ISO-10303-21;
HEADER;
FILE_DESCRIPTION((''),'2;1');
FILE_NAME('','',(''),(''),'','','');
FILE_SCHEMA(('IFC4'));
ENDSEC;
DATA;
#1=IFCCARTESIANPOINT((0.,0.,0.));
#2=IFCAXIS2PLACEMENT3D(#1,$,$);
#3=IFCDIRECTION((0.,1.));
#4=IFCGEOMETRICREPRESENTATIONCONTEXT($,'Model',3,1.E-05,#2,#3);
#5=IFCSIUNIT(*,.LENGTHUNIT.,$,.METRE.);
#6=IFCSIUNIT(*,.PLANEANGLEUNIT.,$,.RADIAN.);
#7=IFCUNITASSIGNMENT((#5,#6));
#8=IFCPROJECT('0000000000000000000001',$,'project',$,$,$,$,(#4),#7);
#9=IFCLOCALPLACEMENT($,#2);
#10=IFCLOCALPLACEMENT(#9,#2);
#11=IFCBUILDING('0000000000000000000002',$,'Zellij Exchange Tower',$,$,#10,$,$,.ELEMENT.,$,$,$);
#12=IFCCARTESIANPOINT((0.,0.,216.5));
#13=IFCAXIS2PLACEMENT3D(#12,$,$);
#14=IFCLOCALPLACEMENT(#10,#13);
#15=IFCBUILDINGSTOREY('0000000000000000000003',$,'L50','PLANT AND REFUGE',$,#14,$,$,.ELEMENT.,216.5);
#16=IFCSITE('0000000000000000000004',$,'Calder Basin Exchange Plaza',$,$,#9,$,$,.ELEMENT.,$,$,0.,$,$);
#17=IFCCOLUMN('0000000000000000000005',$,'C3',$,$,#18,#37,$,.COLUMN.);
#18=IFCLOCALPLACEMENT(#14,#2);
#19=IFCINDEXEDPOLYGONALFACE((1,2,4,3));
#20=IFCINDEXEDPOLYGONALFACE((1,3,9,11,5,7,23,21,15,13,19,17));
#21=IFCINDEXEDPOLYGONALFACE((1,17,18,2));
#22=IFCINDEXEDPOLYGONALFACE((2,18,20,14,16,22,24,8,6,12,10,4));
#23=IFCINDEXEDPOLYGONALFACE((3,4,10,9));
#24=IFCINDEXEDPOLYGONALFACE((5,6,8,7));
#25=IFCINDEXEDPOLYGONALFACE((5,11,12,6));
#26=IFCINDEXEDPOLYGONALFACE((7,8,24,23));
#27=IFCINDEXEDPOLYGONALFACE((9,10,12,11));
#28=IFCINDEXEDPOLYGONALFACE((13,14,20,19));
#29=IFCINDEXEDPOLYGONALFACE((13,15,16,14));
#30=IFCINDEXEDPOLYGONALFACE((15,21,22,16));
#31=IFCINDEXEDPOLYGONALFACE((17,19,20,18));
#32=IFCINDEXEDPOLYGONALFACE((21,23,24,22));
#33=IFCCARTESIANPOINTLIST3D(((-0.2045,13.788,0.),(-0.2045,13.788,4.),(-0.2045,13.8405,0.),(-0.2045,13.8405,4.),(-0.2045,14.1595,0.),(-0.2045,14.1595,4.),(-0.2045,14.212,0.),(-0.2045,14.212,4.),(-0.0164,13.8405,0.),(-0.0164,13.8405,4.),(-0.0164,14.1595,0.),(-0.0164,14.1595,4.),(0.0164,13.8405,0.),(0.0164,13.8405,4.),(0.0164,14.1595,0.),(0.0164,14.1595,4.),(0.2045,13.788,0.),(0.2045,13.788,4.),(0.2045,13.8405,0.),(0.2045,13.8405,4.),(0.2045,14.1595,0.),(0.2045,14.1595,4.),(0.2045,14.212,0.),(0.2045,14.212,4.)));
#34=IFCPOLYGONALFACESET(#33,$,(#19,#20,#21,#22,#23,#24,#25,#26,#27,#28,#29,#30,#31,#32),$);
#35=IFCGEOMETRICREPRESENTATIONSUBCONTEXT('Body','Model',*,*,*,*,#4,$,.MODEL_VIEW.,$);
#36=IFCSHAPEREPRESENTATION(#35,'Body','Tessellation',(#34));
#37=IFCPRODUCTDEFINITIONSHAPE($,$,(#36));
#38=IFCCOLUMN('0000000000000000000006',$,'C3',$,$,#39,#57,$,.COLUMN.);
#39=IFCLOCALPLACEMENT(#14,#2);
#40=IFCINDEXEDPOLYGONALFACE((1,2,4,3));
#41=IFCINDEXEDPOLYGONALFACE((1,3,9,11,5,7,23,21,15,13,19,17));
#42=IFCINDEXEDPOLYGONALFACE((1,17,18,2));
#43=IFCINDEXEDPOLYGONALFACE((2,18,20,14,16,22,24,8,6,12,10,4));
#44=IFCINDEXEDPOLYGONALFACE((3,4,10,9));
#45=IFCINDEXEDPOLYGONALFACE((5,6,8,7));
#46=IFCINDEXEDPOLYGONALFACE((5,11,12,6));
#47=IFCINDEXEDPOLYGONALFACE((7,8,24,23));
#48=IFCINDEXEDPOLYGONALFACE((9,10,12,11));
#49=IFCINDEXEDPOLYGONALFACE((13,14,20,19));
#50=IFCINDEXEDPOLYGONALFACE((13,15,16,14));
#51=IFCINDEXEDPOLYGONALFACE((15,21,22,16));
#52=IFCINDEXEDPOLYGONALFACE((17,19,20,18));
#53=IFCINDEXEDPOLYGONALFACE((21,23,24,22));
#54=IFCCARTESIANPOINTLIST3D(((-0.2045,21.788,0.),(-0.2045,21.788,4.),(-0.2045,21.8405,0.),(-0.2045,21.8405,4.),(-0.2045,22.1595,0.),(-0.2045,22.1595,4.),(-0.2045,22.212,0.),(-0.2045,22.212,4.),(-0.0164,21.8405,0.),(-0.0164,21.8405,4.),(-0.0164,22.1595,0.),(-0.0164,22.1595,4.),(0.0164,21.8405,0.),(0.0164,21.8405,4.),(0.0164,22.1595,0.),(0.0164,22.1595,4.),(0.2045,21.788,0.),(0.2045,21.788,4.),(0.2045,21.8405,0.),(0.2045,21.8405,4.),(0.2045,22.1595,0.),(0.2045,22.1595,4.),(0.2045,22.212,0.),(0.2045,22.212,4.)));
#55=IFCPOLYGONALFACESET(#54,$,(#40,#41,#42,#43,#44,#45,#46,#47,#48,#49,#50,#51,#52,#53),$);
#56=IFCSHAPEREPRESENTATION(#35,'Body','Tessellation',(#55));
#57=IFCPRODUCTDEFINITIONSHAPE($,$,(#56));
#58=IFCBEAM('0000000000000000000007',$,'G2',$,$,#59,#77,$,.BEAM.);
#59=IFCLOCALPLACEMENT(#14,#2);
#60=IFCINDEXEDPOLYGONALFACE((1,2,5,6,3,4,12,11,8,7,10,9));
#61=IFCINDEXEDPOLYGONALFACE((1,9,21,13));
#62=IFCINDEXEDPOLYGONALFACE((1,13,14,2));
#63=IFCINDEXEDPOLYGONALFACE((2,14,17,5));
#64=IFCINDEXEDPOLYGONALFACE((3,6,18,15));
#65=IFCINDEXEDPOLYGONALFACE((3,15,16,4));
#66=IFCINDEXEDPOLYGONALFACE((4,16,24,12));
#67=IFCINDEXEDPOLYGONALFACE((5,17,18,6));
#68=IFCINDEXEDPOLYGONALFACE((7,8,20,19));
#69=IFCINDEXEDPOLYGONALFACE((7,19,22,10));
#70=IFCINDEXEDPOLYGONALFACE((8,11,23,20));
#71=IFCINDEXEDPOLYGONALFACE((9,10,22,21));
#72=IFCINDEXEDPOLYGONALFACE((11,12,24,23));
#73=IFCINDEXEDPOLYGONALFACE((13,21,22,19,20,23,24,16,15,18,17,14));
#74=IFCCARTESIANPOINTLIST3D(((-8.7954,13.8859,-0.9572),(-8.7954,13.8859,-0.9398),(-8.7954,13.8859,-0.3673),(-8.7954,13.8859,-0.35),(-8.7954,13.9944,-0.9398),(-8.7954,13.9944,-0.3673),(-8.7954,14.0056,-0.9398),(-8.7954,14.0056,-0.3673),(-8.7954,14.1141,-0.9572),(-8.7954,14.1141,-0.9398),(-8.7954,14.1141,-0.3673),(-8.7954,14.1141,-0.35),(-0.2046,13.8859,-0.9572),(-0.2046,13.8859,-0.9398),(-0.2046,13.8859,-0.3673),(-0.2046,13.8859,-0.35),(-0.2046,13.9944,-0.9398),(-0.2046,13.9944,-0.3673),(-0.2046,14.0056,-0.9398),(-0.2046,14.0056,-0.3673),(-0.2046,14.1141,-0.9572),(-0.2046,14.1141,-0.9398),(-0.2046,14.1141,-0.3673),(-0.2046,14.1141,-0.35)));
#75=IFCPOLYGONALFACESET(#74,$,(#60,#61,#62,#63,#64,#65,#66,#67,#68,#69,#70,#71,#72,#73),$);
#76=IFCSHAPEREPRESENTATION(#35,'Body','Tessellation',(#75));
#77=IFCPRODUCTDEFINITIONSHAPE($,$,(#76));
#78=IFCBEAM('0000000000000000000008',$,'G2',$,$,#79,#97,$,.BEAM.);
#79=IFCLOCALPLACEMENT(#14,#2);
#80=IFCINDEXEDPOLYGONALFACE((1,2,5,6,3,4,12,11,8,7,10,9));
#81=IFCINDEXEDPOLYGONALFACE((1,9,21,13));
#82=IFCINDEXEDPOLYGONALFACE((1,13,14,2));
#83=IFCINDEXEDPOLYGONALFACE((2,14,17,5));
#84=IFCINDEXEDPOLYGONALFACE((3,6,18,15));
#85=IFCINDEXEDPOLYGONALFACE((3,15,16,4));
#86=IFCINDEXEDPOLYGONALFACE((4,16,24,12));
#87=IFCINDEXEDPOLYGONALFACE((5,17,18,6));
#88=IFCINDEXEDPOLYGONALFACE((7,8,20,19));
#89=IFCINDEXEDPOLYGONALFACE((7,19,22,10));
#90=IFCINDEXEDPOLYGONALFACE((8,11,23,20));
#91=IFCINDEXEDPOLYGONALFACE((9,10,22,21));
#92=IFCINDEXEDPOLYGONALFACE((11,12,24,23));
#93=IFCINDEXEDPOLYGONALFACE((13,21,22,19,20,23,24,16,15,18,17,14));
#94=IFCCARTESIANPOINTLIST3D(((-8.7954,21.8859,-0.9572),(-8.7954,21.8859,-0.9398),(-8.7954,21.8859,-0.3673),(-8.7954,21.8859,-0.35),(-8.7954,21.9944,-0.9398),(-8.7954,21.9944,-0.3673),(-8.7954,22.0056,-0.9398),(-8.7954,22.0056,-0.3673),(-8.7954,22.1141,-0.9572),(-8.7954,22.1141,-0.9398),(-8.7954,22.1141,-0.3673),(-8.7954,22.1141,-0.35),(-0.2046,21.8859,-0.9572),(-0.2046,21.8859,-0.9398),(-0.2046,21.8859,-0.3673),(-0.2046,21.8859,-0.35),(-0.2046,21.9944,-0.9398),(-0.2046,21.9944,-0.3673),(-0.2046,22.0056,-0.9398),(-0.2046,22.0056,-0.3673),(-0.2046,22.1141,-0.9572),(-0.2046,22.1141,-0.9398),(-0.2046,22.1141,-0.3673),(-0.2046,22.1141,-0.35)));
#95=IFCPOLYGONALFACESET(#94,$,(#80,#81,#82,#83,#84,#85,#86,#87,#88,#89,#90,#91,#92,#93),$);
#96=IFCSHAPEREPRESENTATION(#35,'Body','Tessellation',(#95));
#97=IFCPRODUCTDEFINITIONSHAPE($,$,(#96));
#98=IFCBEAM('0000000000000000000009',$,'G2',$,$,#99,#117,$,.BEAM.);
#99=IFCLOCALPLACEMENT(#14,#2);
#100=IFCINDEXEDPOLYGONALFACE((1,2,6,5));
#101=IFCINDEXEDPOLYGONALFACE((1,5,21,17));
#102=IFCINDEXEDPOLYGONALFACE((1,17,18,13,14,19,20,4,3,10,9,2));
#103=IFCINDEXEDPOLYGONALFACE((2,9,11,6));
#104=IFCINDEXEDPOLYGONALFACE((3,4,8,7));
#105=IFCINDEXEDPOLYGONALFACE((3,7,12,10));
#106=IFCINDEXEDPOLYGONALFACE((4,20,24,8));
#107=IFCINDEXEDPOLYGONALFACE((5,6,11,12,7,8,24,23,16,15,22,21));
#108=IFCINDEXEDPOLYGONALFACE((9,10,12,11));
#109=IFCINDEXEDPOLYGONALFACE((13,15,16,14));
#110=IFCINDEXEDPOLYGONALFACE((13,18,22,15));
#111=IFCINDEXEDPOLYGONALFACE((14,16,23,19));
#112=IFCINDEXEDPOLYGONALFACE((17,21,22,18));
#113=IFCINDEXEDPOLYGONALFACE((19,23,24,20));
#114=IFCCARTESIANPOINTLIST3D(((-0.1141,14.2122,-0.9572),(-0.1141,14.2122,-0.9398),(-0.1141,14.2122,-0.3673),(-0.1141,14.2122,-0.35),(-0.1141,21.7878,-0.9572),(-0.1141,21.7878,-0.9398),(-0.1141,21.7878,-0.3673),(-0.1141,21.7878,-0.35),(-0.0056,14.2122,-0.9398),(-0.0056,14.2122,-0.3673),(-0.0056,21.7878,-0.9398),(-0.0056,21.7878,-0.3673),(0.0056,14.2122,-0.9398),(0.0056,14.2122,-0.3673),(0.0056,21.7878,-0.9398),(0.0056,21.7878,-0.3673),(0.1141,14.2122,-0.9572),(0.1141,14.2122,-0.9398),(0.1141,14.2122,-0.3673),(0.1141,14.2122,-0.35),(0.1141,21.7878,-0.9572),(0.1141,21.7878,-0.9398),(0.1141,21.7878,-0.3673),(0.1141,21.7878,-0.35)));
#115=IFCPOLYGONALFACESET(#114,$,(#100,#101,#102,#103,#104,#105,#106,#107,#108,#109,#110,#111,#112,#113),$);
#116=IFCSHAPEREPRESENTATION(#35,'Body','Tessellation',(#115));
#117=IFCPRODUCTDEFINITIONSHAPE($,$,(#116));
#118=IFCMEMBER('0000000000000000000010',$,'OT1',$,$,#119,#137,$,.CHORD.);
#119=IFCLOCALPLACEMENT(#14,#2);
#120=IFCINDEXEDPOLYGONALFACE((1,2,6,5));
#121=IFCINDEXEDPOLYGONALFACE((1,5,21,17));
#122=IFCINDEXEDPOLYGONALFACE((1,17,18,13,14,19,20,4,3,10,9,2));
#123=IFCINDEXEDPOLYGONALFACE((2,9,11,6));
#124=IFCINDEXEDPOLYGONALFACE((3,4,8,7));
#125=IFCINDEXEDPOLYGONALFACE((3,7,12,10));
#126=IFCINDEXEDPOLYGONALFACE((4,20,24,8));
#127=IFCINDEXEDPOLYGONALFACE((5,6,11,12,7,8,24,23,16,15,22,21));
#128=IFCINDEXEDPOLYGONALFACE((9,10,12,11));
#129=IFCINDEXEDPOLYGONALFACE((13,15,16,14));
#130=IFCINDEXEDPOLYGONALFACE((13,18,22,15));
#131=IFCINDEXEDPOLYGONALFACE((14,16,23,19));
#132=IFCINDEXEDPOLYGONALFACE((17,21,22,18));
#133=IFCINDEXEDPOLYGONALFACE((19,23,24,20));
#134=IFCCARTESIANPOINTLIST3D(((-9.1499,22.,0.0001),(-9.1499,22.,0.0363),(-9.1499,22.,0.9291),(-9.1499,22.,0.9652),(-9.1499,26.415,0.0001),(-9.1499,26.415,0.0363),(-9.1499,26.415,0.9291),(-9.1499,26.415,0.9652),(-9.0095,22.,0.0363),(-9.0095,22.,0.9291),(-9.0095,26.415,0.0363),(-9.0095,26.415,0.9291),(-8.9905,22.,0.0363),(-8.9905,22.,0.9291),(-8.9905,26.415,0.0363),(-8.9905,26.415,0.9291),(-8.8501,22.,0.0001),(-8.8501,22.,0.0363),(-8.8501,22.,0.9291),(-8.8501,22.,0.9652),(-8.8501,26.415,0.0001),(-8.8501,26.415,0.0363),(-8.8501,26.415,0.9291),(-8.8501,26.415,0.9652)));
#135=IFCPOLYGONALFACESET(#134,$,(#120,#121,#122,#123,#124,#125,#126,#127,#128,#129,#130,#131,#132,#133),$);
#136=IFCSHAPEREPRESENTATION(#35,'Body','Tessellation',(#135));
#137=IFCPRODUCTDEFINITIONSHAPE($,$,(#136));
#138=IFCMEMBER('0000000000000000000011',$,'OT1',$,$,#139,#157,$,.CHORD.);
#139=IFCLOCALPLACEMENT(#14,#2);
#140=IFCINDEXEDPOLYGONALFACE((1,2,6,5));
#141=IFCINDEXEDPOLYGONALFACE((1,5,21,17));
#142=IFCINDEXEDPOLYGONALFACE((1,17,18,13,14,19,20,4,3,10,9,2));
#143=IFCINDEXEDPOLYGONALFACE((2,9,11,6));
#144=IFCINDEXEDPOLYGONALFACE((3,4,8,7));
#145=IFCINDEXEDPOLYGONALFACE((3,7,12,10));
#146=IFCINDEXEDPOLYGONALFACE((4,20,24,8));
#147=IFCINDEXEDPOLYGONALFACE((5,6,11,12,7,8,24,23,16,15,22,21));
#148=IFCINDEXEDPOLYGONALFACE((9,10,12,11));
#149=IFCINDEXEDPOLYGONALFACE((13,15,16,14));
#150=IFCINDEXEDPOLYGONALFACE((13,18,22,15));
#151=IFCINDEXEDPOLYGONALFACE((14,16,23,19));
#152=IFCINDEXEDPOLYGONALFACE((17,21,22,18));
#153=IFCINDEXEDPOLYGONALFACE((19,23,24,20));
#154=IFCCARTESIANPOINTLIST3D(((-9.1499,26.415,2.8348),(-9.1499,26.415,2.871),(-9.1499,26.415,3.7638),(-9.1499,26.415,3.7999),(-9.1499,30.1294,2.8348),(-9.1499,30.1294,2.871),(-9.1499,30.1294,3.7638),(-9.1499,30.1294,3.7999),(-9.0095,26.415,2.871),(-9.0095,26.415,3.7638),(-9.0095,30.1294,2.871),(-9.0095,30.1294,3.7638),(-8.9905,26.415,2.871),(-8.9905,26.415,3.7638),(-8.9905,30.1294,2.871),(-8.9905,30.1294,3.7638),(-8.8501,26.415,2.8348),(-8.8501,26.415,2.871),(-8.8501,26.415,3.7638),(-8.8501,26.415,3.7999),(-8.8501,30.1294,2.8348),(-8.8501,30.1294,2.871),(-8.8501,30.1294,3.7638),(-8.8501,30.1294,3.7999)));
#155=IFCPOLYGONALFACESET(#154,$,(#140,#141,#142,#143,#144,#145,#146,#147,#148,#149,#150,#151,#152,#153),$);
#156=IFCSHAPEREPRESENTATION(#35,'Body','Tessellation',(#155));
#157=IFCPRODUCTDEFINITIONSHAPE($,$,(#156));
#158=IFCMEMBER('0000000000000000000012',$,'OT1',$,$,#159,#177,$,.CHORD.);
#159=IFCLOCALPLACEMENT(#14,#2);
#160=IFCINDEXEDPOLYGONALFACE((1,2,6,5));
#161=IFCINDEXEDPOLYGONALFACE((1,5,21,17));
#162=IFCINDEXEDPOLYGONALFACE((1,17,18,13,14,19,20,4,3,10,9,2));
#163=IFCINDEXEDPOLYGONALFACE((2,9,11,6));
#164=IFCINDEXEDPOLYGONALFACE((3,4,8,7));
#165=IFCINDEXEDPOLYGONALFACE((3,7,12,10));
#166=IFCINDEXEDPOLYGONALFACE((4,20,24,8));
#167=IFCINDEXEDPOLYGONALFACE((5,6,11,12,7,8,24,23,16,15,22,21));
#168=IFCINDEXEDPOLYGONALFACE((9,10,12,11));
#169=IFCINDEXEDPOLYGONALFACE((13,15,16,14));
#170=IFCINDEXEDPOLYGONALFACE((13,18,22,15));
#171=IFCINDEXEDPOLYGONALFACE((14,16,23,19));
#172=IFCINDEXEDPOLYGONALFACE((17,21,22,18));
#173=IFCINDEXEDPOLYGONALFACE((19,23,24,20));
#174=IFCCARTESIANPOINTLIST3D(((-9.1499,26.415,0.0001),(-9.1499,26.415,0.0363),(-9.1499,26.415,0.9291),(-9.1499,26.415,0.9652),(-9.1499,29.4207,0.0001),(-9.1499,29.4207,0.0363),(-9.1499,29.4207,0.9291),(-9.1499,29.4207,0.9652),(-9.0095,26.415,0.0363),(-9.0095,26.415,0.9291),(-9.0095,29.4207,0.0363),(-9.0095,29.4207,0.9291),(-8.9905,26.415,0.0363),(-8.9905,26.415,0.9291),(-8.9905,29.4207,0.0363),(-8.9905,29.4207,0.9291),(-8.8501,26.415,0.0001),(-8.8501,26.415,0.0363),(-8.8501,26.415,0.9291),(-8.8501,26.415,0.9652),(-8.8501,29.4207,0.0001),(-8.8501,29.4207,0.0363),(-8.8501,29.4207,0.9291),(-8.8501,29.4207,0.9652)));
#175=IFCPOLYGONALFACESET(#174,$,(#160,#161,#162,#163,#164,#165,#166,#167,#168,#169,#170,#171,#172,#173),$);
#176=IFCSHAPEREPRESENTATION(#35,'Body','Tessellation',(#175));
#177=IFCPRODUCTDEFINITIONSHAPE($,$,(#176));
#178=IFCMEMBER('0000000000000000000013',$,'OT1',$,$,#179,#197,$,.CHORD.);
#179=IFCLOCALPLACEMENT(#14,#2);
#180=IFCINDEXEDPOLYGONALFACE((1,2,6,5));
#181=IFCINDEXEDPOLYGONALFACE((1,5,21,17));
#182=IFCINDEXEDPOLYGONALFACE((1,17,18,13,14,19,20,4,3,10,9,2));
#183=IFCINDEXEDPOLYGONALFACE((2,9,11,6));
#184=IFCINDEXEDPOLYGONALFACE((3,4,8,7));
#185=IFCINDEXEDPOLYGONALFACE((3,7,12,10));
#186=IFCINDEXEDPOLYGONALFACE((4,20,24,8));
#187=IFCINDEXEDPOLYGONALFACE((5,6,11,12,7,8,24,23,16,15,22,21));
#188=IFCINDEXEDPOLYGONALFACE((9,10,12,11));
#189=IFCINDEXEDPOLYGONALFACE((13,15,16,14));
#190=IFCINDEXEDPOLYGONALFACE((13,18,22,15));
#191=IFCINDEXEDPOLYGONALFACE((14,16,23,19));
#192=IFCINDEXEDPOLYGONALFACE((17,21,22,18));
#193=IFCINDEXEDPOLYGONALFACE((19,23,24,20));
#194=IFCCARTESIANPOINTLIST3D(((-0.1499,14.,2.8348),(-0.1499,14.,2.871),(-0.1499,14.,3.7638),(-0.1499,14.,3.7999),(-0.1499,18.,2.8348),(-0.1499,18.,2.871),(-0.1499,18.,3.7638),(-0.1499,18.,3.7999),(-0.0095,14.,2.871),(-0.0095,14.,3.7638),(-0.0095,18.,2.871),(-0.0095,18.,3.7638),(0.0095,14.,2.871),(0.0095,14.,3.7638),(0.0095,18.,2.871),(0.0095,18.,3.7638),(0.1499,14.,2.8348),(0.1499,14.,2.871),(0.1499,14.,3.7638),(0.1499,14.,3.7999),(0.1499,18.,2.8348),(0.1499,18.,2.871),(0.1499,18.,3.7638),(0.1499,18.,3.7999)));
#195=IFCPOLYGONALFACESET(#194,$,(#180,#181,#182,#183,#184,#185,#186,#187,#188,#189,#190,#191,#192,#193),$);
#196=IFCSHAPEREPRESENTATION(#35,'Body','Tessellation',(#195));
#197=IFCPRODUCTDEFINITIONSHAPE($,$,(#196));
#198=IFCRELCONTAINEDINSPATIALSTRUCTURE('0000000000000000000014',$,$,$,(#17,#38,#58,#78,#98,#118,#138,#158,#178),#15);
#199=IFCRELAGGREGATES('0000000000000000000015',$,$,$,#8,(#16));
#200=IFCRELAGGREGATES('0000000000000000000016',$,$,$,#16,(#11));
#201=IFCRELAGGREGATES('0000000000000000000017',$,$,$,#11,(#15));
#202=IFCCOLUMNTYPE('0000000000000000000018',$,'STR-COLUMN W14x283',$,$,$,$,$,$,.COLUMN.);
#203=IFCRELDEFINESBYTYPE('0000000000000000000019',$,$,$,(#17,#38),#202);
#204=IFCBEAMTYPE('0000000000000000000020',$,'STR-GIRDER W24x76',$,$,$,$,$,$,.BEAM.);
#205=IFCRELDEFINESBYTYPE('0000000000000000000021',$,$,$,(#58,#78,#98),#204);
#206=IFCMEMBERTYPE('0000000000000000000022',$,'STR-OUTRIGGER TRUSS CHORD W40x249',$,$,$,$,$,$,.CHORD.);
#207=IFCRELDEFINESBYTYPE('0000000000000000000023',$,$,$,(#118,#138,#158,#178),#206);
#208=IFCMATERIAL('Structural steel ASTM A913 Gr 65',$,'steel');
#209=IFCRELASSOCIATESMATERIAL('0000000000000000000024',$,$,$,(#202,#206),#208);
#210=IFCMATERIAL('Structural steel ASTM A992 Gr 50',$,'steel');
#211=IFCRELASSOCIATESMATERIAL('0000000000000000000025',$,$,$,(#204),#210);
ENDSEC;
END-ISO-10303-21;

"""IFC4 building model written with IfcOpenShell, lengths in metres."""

from ifc_helpers import new_model, si_unit, direction, frame, origin, origin_2d, place, context, subcontext, project, spatial, i_section, extrude, material, material_profile, profile_set, type_object, element, save


model = new_model("IFC4")

# Units and contexts
model_context = context("Model", 3, precision=1e-05, world=origin(), true_north=direction((0.0, 1.0)))
body_context = subcontext(model_context, "Body", "Model", "MODEL_VIEW")
ifc_project = project(units=[si_unit("LENGTHUNIT", "METRE"), si_unit("PLANEANGLEUNIT", "RADIAN")], contexts=[model_context])

# Site, building, storey
site_placement = place(None, origin())
site = spatial("IfcSite", under=ifc_project, at=site_placement, Name="Calder Basin Exchange Plaza", CompositionType="ELEMENT", RefElevation=0.0)
building_placement = place(site_placement, origin())
building = spatial("IfcBuilding", under=site, at=building_placement, Name="Zellij Exchange Tower", CompositionType="ELEMENT")
storey_placement = place(building_placement, frame((0.0, 0.0, 216.5)))
storey = spatial("IfcBuildingStorey", under=building, at=storey_placement, Name="L50", Description="PLANT AND REFUGE", CompositionType="ELEMENT", Elevation=216.5)

# Columns
ifc_material_1 = material(Name="Structural steel ASTM A913 Gr 65", Category="steel")
ifc_material_profile_1 = material_profile(ifc_material_1, i_section(OverallWidth=0.4089, OverallDepth=0.4241, WebThickness=0.0327, FlangeThickness=0.0525, at=origin_2d()), Name="W14x283")
ifc_profile_set_1 = profile_set([ifc_material_profile_1], Name="Structural steel ASTM A913 Gr 65")
column_type = type_object("IfcColumnType", Name="STR-COLUMN W14x283", PredefinedType="COLUMN", material=ifc_profile_set_1)
for number, where, z_axis, x_axis, name in (
    (1, (0.0, 14.0, 0.0), (0.0, 0.0, 1.0), (1.0, 0.0, 0.0), "C3"),
    (2, (0.0, 22.0, 0.0), (0.0, 0.0, 1.0), (1.0, 0.0, 0.0), "C3"),
):
    element("IfcColumn", number, at=place(storey_placement, frame(where, z_axis=z_axis, x_axis=x_axis)), inside=storey, type_object=column_type, Name=name, PredefinedType="COLUMN", context=body_context, shape_type="SweptSolid", body=[
        extrude(i_section(OverallWidth=0.4089, OverallDepth=0.4241, WebThickness=0.0327, FlangeThickness=0.0525, at=origin_2d()), origin(), (0.0, 0.0, 1.0), 4.0),
    ])

# Beams
ifc_material_2 = material(Name="Structural steel ASTM A992 Gr 50", Category="steel")
ifc_material_profile_2 = material_profile(ifc_material_2, i_section(OverallWidth=0.2283, OverallDepth=0.6072, WebThickness=0.0112, FlangeThickness=0.0173, at=origin_2d()), Name="W24x76")
ifc_profile_set_2 = profile_set([ifc_material_profile_2], Name="Structural steel ASTM A992 Gr 50")
beam_type = type_object("IfcBeamType", Name="STR-GIRDER W24x76", PredefinedType="BEAM", material=ifc_profile_set_2)
for number, where, z_axis, x_axis, name in (
    (3, (-8.7954, 14.0, -0.6536), (1.0, 0.0, 0.0), (0.0, 1.0, 0.0), "G2"),
    (4, (-8.7954, 22.0, -0.6536), (1.0, 0.0, 0.0), (0.0, 1.0, 0.0), "G2"),
):
    element("IfcBeam", number, at=place(storey_placement, frame(where, z_axis=z_axis, x_axis=x_axis)), inside=storey, type_object=beam_type, Name=name, PredefinedType="BEAM", context=body_context, shape_type="SweptSolid", body=[
        extrude(i_section(OverallWidth=0.2283, OverallDepth=0.6072, WebThickness=0.0112, FlangeThickness=0.0173, at=origin_2d()), origin(), (0.0, 0.0, 1.0), 8.5908),
    ])
beam_placement = place(storey_placement, frame((0.0, 14.2122, -0.6536), z_axis=(0.0, 1.0, 0.0), x_axis=(-1.0, 0.0, 0.0)))
element("IfcBeam", 5, at=beam_placement, inside=storey, type_object=beam_type, Name="G2", PredefinedType="BEAM", context=body_context, shape_type="SweptSolid", body=[
    extrude(i_section(OverallWidth=0.2283, OverallDepth=0.6072, WebThickness=0.0112, FlangeThickness=0.0173, at=origin_2d()), origin(), (0.0, 0.0, 1.0), 7.5757),
])

# Members
ifc_material_profile_3 = material_profile(ifc_material_1, i_section(OverallWidth=0.2998, OverallDepth=0.9651, WebThickness=0.019, FlangeThickness=0.0361, at=origin_2d()), Name="W40x249")
ifc_profile_set_3 = profile_set([ifc_material_profile_3], Name="Structural steel ASTM A913 Gr 65")
member_type_1 = type_object("IfcMemberType", Name="STR-OUTRIGGER TRUSS CHORD W40x249", PredefinedType="CHORD", material=ifc_profile_set_3)
member_1_placement = place(storey_placement, frame((-9.0, 22.0, 0.4827), z_axis=(0.0, 1.0, 0.0), x_axis=(-1.0, 0.0, 0.0)))
element("IfcMember", 6, at=member_1_placement, inside=storey, type_object=member_type_1, Name="OT1", PredefinedType="CHORD", context=body_context, shape_type="SweptSolid", body=[
    extrude(i_section(OverallWidth=0.2998, OverallDepth=0.9651, WebThickness=0.019, FlangeThickness=0.0361, at=origin_2d()), origin(), (0.0, 0.0, 1.0), 4.415),
])
member_2_placement = place(storey_placement, frame((-9.0, 26.415, 3.3174), z_axis=(0.0, 1.0, 0.0), x_axis=(-1.0, 0.0, 0.0)))
element("IfcMember", 7, at=member_2_placement, inside=storey, type_object=member_type_1, Name="OT1", PredefinedType="CHORD", context=body_context, shape_type="SweptSolid", body=[
    extrude(i_section(OverallWidth=0.2998, OverallDepth=0.9651, WebThickness=0.019, FlangeThickness=0.0361, at=origin_2d()), origin(), (0.0, 0.0, 1.0), 3.7144),
])
member_3_placement = place(storey_placement, frame((-9.0, 26.415, 0.4827), z_axis=(0.0, 1.0, 0.0), x_axis=(-1.0, 0.0, 0.0)))
element("IfcMember", 8, at=member_3_placement, inside=storey, type_object=member_type_1, Name="OT1", PredefinedType="CHORD", context=body_context, shape_type="SweptSolid", body=[
    extrude(i_section(OverallWidth=0.2998, OverallDepth=0.9651, WebThickness=0.019, FlangeThickness=0.0361, at=origin_2d()), origin(), (0.0, 0.0, 1.0), 3.0056),
])
for number, where, z_axis, x_axis, name in (
    (9, (0.0, 14.0, 3.3174), (0.0, 1.0, 0.0), (-1.0, 0.0, 0.0), "OT1"),
):
    element("IfcMember", number, at=place(storey_placement, frame(where, z_axis=z_axis, x_axis=x_axis)), inside=storey, type_object=member_type_1, Name=name, PredefinedType="CHORD", context=body_context, shape_type="SweptSolid", body=[
        extrude(i_section(OverallWidth=0.2998, OverallDepth=0.9651, WebThickness=0.019, FlangeThickness=0.0361, at=origin_2d()), origin(), (0.0, 0.0, 1.0), 4.0),
    ])

save(model, "model.ifc")
